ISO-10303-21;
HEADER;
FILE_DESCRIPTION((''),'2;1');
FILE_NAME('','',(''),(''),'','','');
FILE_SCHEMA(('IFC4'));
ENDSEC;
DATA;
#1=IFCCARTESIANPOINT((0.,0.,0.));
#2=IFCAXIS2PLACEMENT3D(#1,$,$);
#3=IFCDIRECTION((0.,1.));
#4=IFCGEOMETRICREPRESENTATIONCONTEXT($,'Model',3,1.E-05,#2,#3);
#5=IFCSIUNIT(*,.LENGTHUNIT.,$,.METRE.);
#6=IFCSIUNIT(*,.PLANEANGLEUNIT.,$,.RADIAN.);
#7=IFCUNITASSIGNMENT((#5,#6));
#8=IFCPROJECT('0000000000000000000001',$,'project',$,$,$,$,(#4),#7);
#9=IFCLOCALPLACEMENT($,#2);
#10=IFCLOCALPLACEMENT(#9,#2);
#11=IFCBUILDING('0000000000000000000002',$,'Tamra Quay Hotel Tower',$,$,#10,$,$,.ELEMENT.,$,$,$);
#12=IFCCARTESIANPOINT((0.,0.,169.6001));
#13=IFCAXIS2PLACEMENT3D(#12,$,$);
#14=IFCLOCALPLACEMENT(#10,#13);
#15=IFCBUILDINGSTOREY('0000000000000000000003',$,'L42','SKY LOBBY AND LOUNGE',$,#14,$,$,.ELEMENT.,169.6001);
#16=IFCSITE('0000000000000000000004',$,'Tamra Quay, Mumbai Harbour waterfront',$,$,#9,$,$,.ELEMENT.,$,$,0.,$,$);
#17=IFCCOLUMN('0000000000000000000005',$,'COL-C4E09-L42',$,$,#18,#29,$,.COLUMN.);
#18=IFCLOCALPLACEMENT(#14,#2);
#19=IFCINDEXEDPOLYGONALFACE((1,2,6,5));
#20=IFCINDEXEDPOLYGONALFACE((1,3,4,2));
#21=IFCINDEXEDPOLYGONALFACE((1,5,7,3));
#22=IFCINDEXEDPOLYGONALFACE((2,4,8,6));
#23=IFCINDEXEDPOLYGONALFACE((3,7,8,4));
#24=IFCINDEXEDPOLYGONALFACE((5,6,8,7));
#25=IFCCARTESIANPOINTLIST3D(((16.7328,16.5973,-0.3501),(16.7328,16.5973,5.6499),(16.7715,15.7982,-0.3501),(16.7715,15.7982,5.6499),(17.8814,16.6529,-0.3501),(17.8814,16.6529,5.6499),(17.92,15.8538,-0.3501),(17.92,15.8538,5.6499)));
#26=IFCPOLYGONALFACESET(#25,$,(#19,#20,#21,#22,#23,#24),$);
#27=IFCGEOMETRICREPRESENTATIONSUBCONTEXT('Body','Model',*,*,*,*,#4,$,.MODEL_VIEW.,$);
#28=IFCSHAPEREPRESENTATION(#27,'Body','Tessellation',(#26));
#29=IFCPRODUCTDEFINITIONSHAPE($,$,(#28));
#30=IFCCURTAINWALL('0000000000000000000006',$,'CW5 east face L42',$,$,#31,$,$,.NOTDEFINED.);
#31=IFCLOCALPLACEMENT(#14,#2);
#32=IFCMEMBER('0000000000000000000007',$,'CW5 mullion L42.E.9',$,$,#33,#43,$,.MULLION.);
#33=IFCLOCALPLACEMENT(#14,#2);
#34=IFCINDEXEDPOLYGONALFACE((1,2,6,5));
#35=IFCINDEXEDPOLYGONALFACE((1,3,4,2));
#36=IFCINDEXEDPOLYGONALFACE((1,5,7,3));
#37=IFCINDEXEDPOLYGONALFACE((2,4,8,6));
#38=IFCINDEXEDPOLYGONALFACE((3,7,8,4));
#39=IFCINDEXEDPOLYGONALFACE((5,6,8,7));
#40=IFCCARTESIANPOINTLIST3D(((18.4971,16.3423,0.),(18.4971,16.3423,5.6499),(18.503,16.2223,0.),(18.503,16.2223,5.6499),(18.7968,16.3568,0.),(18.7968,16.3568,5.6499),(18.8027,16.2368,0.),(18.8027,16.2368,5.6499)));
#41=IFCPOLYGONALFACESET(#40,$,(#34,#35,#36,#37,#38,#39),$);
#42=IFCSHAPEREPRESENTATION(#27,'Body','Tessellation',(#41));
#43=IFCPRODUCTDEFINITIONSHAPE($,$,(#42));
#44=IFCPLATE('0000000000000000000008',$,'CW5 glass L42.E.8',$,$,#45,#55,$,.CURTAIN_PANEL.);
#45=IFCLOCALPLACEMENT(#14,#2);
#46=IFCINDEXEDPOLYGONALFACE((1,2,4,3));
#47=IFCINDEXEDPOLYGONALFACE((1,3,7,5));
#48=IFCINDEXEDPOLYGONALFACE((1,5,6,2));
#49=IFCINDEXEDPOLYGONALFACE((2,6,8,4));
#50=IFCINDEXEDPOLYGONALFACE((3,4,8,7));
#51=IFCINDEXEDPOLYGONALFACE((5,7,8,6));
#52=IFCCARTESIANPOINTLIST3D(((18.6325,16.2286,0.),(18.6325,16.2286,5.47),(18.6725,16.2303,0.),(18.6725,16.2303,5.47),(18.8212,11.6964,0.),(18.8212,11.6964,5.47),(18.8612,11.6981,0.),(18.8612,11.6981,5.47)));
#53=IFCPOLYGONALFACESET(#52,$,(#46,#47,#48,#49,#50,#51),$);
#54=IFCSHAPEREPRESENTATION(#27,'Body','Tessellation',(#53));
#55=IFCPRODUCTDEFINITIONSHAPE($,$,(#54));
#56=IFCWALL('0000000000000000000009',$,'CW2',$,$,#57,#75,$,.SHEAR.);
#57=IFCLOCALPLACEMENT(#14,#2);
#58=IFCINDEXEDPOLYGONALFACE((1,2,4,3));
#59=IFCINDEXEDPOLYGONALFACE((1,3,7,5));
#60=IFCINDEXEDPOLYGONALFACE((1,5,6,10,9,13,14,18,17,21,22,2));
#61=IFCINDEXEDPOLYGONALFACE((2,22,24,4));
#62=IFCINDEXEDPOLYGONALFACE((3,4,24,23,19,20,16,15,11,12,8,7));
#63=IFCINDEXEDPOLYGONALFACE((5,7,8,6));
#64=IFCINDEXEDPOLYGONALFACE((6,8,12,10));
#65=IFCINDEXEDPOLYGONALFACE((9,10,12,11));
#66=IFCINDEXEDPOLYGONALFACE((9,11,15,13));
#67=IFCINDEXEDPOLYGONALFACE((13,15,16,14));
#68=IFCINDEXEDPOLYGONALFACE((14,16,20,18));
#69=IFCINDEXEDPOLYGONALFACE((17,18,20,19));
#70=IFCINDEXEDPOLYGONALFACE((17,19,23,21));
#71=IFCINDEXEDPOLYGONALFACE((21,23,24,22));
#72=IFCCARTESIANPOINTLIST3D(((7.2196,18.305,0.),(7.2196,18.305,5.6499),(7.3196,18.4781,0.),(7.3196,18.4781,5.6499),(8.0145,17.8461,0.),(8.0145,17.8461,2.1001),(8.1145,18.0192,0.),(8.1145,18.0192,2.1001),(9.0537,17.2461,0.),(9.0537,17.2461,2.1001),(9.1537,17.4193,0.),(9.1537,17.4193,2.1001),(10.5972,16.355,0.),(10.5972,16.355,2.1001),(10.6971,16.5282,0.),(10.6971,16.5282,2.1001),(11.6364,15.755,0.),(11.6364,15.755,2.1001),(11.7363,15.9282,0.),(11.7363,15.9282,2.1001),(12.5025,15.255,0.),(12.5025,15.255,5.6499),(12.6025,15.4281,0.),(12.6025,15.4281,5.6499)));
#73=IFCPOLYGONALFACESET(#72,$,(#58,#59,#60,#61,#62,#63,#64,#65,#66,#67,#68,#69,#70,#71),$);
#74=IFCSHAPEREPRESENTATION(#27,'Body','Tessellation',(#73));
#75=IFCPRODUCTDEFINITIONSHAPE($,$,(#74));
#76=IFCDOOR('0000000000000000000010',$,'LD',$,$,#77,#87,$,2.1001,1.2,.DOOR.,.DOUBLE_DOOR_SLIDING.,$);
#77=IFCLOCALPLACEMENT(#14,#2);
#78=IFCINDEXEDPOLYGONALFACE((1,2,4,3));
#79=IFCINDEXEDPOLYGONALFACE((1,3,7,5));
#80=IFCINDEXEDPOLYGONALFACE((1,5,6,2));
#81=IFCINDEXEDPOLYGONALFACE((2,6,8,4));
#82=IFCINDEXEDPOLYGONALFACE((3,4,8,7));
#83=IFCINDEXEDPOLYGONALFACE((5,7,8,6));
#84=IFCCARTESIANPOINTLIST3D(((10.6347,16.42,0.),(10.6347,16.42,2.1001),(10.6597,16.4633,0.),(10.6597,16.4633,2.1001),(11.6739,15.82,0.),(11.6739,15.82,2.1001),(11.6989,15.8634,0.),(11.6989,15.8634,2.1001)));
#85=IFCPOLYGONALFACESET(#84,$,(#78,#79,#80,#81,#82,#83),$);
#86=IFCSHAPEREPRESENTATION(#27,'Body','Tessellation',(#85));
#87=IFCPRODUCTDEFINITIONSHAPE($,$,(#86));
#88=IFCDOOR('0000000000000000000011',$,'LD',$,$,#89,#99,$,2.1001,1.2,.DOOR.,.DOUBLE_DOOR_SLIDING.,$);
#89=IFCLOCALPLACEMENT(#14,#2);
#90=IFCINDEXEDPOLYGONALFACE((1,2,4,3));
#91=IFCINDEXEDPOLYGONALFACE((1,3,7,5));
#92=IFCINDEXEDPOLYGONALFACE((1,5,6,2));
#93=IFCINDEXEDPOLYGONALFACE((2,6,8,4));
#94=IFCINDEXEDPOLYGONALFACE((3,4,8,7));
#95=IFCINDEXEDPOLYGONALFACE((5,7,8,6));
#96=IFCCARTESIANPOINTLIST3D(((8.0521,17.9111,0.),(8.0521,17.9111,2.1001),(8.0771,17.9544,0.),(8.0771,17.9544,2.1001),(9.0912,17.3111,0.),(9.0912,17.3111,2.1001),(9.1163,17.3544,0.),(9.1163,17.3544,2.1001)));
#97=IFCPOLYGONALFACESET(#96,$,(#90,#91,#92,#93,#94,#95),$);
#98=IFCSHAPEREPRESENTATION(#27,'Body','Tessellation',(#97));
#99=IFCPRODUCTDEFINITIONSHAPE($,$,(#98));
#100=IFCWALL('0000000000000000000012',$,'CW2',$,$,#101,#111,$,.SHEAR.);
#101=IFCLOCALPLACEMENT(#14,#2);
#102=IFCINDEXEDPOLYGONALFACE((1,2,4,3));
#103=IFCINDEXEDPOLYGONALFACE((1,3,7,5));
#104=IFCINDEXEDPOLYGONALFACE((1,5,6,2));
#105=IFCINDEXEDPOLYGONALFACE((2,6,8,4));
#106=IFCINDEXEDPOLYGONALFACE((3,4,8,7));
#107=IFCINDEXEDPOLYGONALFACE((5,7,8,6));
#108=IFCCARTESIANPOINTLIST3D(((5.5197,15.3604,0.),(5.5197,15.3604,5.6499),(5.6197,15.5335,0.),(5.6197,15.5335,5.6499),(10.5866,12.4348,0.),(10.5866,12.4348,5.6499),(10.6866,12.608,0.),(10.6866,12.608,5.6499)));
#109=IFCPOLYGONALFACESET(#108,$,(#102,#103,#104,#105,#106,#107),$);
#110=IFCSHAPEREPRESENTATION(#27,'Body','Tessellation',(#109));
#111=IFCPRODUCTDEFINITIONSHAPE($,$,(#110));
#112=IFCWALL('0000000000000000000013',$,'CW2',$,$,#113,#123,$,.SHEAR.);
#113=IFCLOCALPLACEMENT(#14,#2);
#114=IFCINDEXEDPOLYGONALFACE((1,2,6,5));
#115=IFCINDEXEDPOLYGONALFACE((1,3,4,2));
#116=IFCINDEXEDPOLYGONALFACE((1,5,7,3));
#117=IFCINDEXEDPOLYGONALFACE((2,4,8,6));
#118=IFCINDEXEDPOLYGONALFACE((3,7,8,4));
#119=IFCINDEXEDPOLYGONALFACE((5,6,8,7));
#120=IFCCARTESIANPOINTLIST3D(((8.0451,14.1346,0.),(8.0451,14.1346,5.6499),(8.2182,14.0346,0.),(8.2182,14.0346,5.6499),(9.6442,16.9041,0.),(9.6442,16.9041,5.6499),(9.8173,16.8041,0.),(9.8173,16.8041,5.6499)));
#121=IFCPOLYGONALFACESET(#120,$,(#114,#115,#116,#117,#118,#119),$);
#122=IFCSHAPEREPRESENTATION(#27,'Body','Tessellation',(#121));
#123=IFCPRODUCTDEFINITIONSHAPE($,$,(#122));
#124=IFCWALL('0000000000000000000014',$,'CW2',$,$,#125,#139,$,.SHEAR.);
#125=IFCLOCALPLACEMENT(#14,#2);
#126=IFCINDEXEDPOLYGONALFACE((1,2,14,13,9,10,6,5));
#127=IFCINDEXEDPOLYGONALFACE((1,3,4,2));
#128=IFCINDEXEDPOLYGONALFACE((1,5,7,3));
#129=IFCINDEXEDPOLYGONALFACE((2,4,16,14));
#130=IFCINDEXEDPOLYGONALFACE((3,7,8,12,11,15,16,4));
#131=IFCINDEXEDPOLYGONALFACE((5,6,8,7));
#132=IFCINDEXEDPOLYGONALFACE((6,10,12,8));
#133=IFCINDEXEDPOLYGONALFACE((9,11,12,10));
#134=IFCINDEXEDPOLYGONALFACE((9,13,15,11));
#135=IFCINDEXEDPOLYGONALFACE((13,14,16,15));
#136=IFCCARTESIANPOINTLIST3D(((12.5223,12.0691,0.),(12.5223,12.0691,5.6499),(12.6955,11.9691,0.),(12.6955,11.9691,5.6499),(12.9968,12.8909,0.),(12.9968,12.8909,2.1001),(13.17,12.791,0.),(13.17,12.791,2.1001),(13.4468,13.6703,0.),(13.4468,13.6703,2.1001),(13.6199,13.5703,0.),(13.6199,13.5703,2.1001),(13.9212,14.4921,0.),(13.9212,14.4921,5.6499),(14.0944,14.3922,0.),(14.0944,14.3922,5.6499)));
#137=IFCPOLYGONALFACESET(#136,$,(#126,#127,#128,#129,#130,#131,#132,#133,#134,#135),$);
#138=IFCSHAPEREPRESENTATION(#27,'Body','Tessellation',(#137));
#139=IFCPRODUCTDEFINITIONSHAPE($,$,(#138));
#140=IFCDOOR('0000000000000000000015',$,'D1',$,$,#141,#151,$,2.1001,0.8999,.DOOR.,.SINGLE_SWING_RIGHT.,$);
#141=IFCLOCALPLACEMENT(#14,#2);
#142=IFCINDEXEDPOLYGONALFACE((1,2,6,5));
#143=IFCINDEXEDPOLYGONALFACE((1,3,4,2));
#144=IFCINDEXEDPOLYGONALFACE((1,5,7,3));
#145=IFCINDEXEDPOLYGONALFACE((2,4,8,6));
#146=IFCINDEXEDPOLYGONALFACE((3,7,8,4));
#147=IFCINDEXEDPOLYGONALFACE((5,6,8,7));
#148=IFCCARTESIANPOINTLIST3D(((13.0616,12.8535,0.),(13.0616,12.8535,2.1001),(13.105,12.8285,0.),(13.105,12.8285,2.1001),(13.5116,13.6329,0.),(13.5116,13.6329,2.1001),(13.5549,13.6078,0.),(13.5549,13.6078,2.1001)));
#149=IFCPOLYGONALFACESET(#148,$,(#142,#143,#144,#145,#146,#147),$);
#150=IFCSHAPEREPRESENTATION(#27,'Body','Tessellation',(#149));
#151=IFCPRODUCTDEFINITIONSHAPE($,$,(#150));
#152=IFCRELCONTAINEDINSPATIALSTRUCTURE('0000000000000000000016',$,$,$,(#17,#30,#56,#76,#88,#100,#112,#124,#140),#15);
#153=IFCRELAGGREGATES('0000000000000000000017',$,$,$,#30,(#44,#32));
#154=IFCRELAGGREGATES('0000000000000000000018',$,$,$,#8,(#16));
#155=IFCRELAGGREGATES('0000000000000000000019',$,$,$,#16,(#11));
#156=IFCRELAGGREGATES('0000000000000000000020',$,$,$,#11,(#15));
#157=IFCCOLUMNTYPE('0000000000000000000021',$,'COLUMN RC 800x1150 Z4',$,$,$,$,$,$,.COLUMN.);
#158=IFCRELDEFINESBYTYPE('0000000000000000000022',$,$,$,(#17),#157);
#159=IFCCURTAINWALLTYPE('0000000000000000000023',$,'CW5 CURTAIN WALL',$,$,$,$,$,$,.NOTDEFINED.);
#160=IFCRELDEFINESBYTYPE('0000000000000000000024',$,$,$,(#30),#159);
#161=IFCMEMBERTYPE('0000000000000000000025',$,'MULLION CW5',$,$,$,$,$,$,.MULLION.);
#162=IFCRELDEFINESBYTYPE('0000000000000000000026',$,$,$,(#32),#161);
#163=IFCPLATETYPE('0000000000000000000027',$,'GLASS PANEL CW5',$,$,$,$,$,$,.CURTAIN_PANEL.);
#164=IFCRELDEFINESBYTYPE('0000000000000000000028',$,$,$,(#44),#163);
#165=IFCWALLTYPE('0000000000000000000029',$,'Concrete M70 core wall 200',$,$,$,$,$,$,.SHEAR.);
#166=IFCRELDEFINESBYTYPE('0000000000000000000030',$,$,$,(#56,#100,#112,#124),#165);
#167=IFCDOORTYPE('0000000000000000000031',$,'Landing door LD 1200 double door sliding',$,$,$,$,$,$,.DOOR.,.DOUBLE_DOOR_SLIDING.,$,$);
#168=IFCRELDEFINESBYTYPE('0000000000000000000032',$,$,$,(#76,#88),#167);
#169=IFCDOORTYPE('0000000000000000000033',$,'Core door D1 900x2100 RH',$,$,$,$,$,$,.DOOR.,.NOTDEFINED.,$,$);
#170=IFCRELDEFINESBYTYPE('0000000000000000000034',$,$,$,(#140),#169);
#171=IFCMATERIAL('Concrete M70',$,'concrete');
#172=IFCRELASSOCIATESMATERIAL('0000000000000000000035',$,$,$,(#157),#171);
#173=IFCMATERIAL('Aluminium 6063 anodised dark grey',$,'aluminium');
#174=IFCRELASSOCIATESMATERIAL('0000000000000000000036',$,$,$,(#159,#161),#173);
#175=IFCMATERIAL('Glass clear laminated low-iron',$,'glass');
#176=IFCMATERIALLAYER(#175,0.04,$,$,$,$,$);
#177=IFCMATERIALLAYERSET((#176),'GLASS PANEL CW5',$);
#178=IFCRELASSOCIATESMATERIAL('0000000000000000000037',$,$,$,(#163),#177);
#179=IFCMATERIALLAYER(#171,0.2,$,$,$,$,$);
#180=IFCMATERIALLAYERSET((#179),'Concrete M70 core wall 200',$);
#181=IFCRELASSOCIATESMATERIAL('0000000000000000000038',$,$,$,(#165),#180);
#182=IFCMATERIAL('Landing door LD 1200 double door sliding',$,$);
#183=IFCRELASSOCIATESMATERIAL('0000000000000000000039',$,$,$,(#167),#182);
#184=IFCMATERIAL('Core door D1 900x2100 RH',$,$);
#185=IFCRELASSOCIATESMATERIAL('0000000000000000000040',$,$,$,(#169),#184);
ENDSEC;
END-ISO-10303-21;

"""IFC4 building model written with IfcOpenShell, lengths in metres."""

from ifc_helpers import new_model, si_unit, direction, frame, frame_2d, origin, origin_2d, place, context, subcontext, project, spatial, rectangle, extrude, material, layer, layer_set, material_profile, profile_set, type_object, element, fill, aggregate, save


model = new_model("IFC4")

# Units and contexts
model_context = context("Model", 3, precision=1e-05, world=origin(), true_north=direction((0.0, 1.0)))
body_context = subcontext(model_context, "Body", "Model", "MODEL_VIEW")
ifc_project = project(units=[si_unit("LENGTHUNIT", "METRE"), si_unit("PLANEANGLEUNIT", "RADIAN")], contexts=[model_context])

# Site, building, storey
site_placement = place(None, origin())
site = spatial("IfcSite", under=ifc_project, at=site_placement, Name="Tamra Quay, Mumbai Harbour waterfront", CompositionType="ELEMENT", RefElevation=0.0)
building_placement = place(site_placement, origin())
building = spatial("IfcBuilding", under=site, at=building_placement, Name="Tamra Quay Hotel Tower", CompositionType="ELEMENT")
storey_placement = place(building_placement, frame((0.0, 0.0, 169.6001)))
storey = spatial("IfcBuildingStorey", under=building, at=storey_placement, Name="L42", Description="SKY LOBBY AND LOUNGE", CompositionType="ELEMENT", Elevation=169.6001)

# Column
ifc_material_1 = material(Name="Concrete M70", Category="concrete")
ifc_material_profile_1 = material_profile(ifc_material_1, rectangle(XDim=1.1499, YDim=0.8, at=origin_2d()), Name="COLUMN RC 800x1150 Z4")
ifc_profile_set_1 = profile_set([ifc_material_profile_1], Name="Concrete M70")
column_type = type_object("IfcColumnType", Name="COLUMN RC 800x1150 Z4", PredefinedType="COLUMN", material=ifc_profile_set_1)
column_placement = place(storey_placement, frame((17.3264, 16.2256, -0.3501), z_axis=(0.0, 0.0, 1.0), x_axis=(0.998831, 0.048344, 0.0)))
element("IfcColumn", 1, at=column_placement, inside=storey, type_object=column_type, Name="COL-C4E09-L42", PredefinedType="COLUMN", context=body_context, shape_type="SweptSolid", body=[
    extrude(rectangle(XDim=1.1499, YDim=0.8, at=origin_2d()), origin(), (0.0, 0.0, 1.0), 6.0),
])

# Curtain wall, member, plate
ifc_material_2 = material(Name="Aluminium 6063 anodised dark grey", Category="aluminium")
curtain_wall_type = type_object("IfcCurtainWallType", Name="CW5 CURTAIN WALL", PredefinedType="NOTDEFINED", material=ifc_material_2)
curtain_wall_placement = place(storey_placement, origin())
curtain_wall = element("IfcCurtainWall", 2, at=curtain_wall_placement, inside=storey, type_object=curtain_wall_type, Name="CW5 east face L42", PredefinedType="NOTDEFINED")
ifc_material_profile_2 = material_profile(ifc_material_2, rectangle(XDim=0.3, YDim=0.1201, at=origin_2d()), Name="MULLION 120X300")
ifc_profile_set_2 = profile_set([ifc_material_profile_2], Name="Aluminium 6063 anodised dark grey")
member_type = type_object("IfcMemberType", Name="MULLION CW5", PredefinedType="MULLION", material=ifc_profile_set_2)
member_placement = place(storey_placement, frame((18.6499, 16.2896, 0.0), z_axis=(0.0, 0.0, 1.0), x_axis=(0.998823, 0.04851, 0.0)))
member = element("IfcMember", 3, at=member_placement, type_object=member_type, Name="CW5 mullion L42.E.9", PredefinedType="MULLION", context=body_context, shape_type="SweptSolid", body=[
    extrude(rectangle(XDim=0.3, YDim=0.1201, at=origin_2d()), origin(), (0.0, 0.0, 1.0), 5.6499),
])
ifc_material_3 = material(Name="Glass clear laminated low-iron", Category="glass")
ifc_layer_1 = layer(ifc_material_3, 0.04)
ifc_layer_set_1 = layer_set([ifc_layer_1], Name="GLASS PANEL CW5")
plate_type = type_object("IfcPlateType", Name="GLASS PANEL CW5", PredefinedType="CURTAIN_PANEL", material=ifc_layer_set_1)
plate_placement = place(storey_placement, frame((18.7468, 13.9634, 0.0), z_axis=(0.0, 0.0, 1.0), x_axis=(-0.0416, 0.999134, 0.0)))
plate = element("IfcPlate", 4, at=plate_placement, type_object=plate_type, Name="CW5 glass L42.E.8", PredefinedType="CURTAIN_PANEL", context=body_context, shape_type="SweptSolid", body=[
    extrude(rectangle(XDim=4.5361, YDim=0.04, at=origin_2d()), origin(), (0.0, 0.0, 1.0), 5.47),
])
aggregate(curtain_wall, [plate, member])

# Wall, openings, doors
ifc_layer_2 = layer(ifc_material_1, 0.2)
ifc_layer_set_2 = layer_set([ifc_layer_2], Name="Concrete M70 core wall 200")
wall_type_1 = type_object("IfcWallType", Name="Concrete M70 core wall 200", PredefinedType="SHEAR", material=ifc_layer_set_2)
wall_1_placement = place(storey_placement, frame((12.5525, 15.3416, 0.0), z_axis=(0.0, 0.0, 1.0), x_axis=(-0.86603, 0.499992, 0.0)))
wall_1 = element("IfcWall", 5, at=wall_1_placement, inside=storey, type_object=wall_type_1, Name="CW2", PredefinedType="SHEAR", context=body_context, shape_type="SweptSolid", body=[
    extrude(rectangle(XDim=6.1001, YDim=0.2, at=frame_2d((3.05, 0.0))), origin(), (0.0, 0.0, 1.0), 5.6499),
])
opening_1_placement = place(wall_1_placement, frame((1.0, 0.0, 0.0)))
opening_1 = element("IfcOpeningElement", 6, at=opening_1_placement, cuts=wall_1, PredefinedType="OPENING", context=body_context, shape_type="SweptSolid", body=[
    extrude(rectangle(XDim=1.2, YDim=2.1001, at=frame_2d((0.6001, 1.05))), frame((0.0, 0.1099, 0.0), z_axis=(0.0, -1.0, 0.0), x_axis=(1.0, 0.0, 0.0)), (0.0, 0.0, 1.0), 0.22),
])
opening_2_placement = place(wall_1_placement, frame((3.9822, 0.0, 0.0)))
opening_2 = element("IfcOpeningElement", 7, at=opening_2_placement, cuts=wall_1, PredefinedType="OPENING", context=body_context, shape_type="SweptSolid", body=[
    extrude(rectangle(XDim=1.2, YDim=2.1001, at=frame_2d((0.6001, 1.05))), frame((0.0, 0.1099, 0.0), z_axis=(0.0, -1.0, 0.0), x_axis=(1.0, 0.0, 0.0)), (0.0, 0.0, 1.0), 0.22),
])
ifc_material_4 = material(Name="Landing door LD 1200 double door sliding")
door_type_1 = type_object("IfcDoorType", Name="Landing door LD 1200 double door sliding", OperationType="DOUBLE_DOOR_SLIDING", PredefinedType="DOOR", material=ifc_material_4)
door_1_placement = place(opening_1_placement, origin())
door_1 = element("IfcDoor", 8, at=door_1_placement, inside=storey, type_object=door_type_1, Name="LD", OperationType="DOUBLE_DOOR_SLIDING", OverallHeight=2.1001, OverallWidth=1.2, PredefinedType="DOOR", context=body_context, shape_type="SweptSolid", body=[
    extrude(rectangle(XDim=1.2, YDim=2.1001, at=frame_2d((0.6001, 1.05))), frame((0.0, 0.0249, 0.0), z_axis=(0.0, -1.0, 0.0), x_axis=(1.0, 0.0, 0.0)), (0.0, 0.0, 1.0), 0.05),
])
fill(opening_1, door_1)
door_2_placement = place(opening_2_placement, origin())
door_2 = element("IfcDoor", 9, at=door_2_placement, inside=storey, type_object=door_type_1, Name="LD", OperationType="DOUBLE_DOOR_SLIDING", OverallHeight=2.1001, OverallWidth=1.2, PredefinedType="DOOR", context=body_context, shape_type="SweptSolid", body=[
    extrude(rectangle(XDim=1.2, YDim=2.1001, at=frame_2d((0.6001, 1.05))), frame((0.0, 0.0249, 0.0), z_axis=(0.0, -1.0, 0.0), x_axis=(1.0, 0.0, 0.0)), (0.0, 0.0, 1.0), 0.05),
])
fill(opening_2, door_2)

# Walls
wall_2_placement = place(storey_placement, frame((10.6365, 12.5215, 0.0), z_axis=(0.0, 0.0, 1.0), x_axis=(-0.866013, 0.500021, 0.0)))
element("IfcWall", 10, at=wall_2_placement, inside=storey, type_object=wall_type_1, Name="CW2", PredefinedType="SHEAR", context=body_context, shape_type="SweptSolid", body=[
    extrude(rectangle(XDim=5.8508, YDim=0.2, at=frame_2d((2.9253, 0.0))), origin(), (0.0, 0.0, 1.0), 5.6499),
])
wall_3_placement = place(storey_placement, frame((8.1316, 14.0845, 0.0), z_axis=(0.0, 0.0, 1.0), x_axis=(0.500031, 0.866008, 0.0)))
element("IfcWall", 11, at=wall_3_placement, inside=storey, type_object=wall_type_1, Name="CW2", PredefinedType="SHEAR", context=body_context, shape_type="SweptSolid", body=[
    extrude(rectangle(XDim=3.198, YDim=0.2, at=frame_2d((1.5991, 0.0))), origin(), (0.0, 0.0, 1.0), 5.6499),
])

# Wall, opening, door
wall_4_placement = place(storey_placement, frame((14.0078, 14.4421, 0.0), z_axis=(0.0, 0.0, 1.0), x_axis=(-0.499987, -0.866033, 0.0)))
wall_4 = element("IfcWall", 12, at=wall_4_placement, inside=storey, type_object=wall_type_1, Name="CW2", PredefinedType="SHEAR", context=body_context, shape_type="SweptSolid", body=[
    extrude(rectangle(XDim=2.7979, YDim=0.2, at=frame_2d((1.3989, 0.0))), origin(), (0.0, 0.0, 1.0), 5.6499),
])
opening_3_placement = place(wall_4_placement, frame((0.949, 0.0, 0.0)))
opening_3 = element("IfcOpeningElement", 13, at=opening_3_placement, cuts=wall_4, PredefinedType="OPENING", context=body_context, shape_type="SweptSolid", body=[
    extrude(rectangle(XDim=0.8999, YDim=2.1001, at=frame_2d((0.45, 1.05))), frame((0.0, 0.1099, 0.0), z_axis=(0.0, -1.0, 0.0), x_axis=(1.0, 0.0, 0.0)), (0.0, 0.0, 1.0), 0.22),
])
ifc_material_5 = material(Name="Core door D1 900x2100 RH")
door_type_2 = type_object("IfcDoorType", Name="Core door D1 900x2100 RH", OperationType="NOTDEFINED", PredefinedType="DOOR", material=ifc_material_5)
door_3_placement = place(opening_3_placement, origin())
door_3 = element("IfcDoor", 14, at=door_3_placement, inside=storey, type_object=door_type_2, Name="D1", OperationType="SINGLE_SWING_RIGHT", OverallHeight=2.1001, OverallWidth=0.8999, PredefinedType="DOOR", context=body_context, shape_type="SweptSolid", body=[
    extrude(rectangle(XDim=0.8999, YDim=2.1001, at=frame_2d((0.45, 1.05))), frame((0.0, 0.0249, 0.0), z_axis=(0.0, -1.0, 0.0), x_axis=(1.0, 0.0, 0.0)), (0.0, 0.0, 1.0), 0.05),
])
fill(opening_3, door_3)

save(model, "model.ifc")
